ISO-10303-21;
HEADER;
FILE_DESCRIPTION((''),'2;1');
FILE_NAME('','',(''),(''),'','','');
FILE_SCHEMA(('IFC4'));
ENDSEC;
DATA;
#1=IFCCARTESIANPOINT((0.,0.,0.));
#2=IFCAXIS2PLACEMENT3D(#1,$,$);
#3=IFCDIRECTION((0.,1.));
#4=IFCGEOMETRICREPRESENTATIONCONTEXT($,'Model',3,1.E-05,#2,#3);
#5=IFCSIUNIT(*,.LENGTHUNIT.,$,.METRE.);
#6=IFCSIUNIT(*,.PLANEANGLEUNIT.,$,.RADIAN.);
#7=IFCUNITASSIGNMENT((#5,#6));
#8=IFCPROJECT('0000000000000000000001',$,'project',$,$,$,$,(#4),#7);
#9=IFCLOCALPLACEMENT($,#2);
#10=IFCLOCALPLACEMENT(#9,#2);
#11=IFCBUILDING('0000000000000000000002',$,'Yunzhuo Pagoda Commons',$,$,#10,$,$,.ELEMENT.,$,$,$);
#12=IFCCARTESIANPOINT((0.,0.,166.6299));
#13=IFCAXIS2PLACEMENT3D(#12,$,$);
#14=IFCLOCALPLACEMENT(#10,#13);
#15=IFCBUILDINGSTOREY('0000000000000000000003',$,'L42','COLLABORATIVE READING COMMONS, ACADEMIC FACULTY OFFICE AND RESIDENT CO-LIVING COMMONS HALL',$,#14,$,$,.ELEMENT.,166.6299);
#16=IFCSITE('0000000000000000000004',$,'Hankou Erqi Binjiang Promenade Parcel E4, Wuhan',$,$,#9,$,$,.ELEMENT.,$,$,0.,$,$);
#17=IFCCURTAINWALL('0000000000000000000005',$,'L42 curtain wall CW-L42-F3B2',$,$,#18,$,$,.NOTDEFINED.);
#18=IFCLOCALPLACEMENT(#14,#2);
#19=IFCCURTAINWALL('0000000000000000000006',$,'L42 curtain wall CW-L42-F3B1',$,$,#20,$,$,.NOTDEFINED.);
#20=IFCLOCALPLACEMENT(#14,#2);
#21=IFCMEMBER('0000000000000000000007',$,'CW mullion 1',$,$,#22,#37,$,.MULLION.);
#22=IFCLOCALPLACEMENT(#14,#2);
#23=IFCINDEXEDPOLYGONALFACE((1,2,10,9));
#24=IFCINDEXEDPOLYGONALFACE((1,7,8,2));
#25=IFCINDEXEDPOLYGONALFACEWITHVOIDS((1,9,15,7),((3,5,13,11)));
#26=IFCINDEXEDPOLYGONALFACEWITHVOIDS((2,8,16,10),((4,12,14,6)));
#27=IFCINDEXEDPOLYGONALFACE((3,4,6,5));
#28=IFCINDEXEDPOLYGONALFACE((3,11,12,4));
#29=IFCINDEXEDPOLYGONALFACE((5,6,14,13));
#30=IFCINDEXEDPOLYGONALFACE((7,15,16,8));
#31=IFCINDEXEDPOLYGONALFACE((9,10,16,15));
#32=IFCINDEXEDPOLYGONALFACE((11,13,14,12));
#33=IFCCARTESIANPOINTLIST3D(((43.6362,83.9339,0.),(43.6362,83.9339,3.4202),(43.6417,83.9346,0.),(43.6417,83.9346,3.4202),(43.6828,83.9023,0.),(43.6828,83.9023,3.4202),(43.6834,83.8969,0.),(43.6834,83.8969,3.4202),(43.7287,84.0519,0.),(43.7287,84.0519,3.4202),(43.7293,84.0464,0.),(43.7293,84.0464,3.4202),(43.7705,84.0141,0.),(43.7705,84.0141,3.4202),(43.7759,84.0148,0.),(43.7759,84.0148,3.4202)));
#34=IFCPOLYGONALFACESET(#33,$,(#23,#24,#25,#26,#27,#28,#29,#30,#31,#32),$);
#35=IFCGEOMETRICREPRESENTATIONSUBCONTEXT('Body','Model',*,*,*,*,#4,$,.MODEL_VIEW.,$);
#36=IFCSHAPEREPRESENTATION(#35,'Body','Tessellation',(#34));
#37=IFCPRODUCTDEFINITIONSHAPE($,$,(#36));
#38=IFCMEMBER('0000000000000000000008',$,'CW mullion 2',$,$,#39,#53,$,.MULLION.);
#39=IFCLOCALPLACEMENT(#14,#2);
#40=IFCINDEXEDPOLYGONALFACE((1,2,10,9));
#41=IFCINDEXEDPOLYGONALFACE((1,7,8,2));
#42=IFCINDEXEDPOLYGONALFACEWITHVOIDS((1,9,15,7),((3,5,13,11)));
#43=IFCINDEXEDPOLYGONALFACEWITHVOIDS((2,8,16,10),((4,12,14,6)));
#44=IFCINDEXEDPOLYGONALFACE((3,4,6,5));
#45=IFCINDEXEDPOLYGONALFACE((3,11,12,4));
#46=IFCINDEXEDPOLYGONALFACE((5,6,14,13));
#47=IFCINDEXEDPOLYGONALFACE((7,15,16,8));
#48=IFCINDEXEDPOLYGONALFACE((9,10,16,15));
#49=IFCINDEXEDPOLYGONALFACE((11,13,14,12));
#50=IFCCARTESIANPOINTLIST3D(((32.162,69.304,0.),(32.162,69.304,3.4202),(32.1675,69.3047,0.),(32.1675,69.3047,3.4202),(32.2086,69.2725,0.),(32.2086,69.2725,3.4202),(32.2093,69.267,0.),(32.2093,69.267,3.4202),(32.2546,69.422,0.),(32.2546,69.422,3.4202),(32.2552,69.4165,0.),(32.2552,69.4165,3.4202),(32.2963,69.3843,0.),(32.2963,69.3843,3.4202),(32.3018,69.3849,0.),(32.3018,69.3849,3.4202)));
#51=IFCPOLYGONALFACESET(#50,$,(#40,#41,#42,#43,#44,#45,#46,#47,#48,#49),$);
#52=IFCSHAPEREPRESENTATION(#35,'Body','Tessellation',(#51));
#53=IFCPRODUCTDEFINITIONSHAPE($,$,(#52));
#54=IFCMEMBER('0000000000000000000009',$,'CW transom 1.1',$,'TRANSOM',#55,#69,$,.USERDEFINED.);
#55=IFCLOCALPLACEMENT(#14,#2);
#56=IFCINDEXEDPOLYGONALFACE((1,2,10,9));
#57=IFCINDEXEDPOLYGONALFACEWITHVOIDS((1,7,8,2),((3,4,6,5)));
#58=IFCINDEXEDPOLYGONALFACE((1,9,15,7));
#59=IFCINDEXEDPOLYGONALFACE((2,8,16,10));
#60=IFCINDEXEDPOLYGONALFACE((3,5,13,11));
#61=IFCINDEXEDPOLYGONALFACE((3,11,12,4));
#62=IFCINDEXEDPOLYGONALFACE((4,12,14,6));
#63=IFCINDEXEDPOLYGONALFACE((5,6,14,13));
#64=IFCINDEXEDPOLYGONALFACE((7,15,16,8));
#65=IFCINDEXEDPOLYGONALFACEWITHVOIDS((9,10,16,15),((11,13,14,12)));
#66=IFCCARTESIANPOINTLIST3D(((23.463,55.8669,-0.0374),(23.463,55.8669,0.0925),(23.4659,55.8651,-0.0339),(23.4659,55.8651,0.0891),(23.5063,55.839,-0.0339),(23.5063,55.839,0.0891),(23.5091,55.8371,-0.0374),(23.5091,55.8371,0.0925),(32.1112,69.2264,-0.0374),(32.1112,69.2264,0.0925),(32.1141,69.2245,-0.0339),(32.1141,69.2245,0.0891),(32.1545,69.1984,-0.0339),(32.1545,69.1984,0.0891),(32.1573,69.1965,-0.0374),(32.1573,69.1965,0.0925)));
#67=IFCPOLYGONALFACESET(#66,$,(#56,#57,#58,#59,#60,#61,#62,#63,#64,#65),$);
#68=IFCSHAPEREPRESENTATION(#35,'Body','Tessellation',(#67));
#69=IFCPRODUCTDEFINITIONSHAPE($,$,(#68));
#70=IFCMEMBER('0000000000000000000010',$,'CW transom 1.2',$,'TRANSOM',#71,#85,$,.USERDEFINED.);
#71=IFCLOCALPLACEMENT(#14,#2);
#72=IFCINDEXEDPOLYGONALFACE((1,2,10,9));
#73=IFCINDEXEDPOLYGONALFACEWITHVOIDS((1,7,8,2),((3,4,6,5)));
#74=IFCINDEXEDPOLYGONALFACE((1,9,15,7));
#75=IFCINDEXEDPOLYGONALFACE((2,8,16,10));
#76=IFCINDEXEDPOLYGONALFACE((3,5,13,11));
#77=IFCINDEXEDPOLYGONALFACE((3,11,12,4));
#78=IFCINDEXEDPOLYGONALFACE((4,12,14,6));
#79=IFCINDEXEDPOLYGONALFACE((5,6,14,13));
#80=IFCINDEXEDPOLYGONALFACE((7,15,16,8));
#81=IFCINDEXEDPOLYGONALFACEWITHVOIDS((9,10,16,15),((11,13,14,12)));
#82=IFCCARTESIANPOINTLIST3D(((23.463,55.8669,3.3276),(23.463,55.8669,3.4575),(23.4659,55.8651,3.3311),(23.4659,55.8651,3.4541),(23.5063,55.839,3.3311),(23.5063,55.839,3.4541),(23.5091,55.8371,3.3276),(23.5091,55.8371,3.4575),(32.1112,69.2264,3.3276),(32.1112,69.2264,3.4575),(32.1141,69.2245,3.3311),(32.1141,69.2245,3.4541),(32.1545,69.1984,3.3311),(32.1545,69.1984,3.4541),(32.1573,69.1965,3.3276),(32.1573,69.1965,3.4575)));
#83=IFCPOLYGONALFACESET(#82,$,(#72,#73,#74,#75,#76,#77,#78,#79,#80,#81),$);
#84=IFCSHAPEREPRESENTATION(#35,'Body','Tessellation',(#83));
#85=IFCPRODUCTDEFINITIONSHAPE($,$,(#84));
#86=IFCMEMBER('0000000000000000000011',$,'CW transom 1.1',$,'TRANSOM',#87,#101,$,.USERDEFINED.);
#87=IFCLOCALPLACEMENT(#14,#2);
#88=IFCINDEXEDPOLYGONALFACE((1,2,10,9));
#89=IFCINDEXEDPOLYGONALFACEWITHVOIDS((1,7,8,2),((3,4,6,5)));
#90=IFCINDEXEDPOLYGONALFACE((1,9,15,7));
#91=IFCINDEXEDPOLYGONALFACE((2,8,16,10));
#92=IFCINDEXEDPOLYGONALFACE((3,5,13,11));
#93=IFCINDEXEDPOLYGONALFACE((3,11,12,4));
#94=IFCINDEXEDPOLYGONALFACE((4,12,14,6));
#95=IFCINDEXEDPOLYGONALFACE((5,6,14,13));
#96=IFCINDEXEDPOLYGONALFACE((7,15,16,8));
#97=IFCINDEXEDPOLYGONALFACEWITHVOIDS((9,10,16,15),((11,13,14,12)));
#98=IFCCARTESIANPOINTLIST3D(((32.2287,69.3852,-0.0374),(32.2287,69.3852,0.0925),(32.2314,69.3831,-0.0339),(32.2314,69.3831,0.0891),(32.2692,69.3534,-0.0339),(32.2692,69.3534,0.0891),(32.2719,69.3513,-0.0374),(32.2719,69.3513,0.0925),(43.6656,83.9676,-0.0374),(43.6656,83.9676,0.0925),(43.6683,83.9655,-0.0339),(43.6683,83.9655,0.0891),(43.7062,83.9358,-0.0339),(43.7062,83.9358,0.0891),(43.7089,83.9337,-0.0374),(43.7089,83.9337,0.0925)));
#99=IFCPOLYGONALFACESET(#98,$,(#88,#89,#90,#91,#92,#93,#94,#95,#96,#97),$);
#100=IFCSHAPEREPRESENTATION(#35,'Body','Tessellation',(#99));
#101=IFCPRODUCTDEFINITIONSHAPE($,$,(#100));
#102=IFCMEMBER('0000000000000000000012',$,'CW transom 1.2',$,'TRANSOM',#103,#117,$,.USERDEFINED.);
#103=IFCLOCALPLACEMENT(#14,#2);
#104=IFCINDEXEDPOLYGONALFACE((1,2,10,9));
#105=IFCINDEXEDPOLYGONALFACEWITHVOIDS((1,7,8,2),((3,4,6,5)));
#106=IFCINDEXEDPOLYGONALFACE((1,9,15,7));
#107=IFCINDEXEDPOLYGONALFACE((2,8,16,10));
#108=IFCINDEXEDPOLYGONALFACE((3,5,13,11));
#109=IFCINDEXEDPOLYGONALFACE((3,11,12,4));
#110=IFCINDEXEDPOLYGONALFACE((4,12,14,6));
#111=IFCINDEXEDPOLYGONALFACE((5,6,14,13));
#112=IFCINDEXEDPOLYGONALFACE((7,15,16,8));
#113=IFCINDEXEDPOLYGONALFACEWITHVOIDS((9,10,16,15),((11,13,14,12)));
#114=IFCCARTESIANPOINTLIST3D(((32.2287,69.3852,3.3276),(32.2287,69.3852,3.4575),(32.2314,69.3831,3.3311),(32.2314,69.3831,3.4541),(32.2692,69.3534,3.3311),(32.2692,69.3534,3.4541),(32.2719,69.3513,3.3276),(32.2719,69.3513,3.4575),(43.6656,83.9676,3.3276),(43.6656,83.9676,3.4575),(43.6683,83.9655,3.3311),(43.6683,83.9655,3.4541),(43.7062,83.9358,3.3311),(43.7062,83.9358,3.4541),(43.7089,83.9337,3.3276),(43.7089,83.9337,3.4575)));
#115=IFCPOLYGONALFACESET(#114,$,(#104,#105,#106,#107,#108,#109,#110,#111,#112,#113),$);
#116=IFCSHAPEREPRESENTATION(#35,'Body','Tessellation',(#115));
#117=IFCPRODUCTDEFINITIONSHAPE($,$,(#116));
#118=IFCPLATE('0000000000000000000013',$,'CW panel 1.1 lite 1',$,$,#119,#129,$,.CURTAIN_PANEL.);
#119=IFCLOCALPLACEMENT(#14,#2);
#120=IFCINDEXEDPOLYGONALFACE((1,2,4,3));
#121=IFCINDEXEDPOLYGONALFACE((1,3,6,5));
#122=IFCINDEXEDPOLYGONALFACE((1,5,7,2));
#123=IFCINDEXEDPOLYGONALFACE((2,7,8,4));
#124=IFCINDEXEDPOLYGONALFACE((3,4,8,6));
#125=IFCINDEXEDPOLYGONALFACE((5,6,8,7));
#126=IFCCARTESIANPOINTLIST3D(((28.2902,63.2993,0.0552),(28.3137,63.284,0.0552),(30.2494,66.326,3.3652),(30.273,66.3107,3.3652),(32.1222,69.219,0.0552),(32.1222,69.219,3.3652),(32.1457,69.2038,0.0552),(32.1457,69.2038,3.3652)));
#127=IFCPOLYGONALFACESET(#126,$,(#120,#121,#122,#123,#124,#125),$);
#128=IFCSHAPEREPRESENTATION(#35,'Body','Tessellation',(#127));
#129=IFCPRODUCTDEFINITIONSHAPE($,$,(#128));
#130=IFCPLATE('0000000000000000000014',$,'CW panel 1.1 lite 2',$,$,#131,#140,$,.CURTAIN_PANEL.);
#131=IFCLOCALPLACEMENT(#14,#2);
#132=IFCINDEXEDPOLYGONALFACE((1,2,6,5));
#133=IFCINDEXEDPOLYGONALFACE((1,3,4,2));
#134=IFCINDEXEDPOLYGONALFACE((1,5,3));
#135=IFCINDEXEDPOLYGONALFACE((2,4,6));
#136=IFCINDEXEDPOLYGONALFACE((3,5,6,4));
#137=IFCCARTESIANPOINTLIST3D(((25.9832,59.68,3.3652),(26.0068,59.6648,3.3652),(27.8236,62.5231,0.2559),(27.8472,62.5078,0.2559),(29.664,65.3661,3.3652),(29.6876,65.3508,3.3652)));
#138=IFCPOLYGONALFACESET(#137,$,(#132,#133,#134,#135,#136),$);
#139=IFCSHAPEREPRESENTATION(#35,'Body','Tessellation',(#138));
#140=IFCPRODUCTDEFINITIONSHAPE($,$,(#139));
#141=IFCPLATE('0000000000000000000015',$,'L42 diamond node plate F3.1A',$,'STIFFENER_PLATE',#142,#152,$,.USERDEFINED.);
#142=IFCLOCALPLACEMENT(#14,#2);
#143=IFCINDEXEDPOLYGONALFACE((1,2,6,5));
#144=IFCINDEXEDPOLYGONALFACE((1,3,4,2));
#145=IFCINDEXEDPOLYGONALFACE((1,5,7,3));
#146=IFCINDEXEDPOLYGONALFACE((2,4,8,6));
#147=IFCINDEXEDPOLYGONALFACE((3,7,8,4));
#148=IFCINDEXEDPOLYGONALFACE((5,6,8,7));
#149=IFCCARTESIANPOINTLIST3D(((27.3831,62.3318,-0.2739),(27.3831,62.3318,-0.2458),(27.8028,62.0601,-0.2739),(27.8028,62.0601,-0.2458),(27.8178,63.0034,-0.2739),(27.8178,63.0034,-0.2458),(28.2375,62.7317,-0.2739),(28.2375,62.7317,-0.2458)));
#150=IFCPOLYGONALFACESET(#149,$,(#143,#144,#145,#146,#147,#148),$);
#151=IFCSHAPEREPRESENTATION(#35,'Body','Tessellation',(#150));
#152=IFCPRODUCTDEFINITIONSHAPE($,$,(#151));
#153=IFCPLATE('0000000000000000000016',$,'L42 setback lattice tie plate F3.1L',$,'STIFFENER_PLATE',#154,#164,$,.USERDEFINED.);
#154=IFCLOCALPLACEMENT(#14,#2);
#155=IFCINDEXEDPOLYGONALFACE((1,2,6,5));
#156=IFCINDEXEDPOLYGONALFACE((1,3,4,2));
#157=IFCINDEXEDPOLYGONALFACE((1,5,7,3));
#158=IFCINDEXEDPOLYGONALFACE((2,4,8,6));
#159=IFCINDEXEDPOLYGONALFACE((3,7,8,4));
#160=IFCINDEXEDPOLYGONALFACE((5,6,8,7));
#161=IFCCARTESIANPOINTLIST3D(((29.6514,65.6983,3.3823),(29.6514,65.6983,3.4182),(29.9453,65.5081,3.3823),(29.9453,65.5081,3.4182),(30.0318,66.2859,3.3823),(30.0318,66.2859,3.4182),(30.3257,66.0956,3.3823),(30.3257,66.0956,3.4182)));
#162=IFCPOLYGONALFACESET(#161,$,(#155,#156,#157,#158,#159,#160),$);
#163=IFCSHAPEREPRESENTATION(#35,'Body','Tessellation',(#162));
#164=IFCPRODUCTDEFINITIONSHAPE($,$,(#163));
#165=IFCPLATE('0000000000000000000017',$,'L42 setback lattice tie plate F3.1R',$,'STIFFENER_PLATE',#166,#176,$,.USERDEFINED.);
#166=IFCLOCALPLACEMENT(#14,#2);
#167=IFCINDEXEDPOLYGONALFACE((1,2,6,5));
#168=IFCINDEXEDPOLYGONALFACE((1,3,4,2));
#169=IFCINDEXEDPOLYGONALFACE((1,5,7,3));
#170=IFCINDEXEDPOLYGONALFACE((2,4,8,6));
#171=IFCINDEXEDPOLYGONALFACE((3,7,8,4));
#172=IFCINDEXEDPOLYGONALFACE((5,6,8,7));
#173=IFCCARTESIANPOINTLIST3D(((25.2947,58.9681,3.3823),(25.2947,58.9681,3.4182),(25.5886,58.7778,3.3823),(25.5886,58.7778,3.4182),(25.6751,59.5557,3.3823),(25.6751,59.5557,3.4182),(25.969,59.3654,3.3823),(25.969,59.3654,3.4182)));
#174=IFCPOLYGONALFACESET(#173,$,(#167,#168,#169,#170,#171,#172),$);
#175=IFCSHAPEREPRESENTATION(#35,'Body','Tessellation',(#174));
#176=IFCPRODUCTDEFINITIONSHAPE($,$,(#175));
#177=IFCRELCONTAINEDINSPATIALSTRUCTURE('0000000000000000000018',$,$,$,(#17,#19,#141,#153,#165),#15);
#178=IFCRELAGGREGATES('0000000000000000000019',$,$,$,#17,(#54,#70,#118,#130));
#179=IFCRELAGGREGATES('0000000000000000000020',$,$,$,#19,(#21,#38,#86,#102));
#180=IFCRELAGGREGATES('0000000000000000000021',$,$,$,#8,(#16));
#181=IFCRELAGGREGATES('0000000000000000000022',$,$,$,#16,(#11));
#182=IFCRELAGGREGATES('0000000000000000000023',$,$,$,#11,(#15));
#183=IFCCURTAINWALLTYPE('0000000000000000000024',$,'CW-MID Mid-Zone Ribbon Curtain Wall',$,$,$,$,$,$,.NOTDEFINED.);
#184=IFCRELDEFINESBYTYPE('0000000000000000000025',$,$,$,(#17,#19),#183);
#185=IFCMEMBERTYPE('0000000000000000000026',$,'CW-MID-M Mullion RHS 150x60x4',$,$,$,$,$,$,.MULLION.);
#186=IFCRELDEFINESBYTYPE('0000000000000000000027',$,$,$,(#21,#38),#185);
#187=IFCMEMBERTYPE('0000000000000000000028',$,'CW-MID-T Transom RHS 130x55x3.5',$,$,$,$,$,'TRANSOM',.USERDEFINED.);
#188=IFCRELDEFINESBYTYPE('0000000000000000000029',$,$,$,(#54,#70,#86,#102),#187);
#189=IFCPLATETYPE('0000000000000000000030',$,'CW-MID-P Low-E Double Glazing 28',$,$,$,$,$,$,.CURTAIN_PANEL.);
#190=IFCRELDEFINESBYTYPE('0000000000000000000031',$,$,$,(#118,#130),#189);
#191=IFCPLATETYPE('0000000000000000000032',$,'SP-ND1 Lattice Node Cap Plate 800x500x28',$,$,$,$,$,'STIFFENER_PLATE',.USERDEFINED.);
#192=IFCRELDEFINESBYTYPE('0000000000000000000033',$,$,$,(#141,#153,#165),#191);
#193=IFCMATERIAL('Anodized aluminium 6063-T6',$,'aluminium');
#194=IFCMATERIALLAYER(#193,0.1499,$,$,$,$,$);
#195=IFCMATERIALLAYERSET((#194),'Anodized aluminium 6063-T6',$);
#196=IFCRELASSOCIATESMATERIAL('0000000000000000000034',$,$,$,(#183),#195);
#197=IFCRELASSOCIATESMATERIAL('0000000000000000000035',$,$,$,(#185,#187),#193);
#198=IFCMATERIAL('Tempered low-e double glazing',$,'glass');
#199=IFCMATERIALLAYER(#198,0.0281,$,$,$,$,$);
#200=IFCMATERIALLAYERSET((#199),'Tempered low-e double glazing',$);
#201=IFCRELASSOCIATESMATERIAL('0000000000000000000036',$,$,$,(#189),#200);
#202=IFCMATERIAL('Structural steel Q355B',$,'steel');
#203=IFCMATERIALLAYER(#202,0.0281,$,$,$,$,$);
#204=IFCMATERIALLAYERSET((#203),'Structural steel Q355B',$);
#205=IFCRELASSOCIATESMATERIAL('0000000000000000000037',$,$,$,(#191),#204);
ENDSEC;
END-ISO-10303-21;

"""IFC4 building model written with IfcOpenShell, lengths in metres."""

from ifc_helpers import new_model, si_unit, direction, frame, origin, origin_2d, place, context, subcontext, project, spatial, polyline, rectangle, hollow_rectangle, outline, extrude, source, transform, mapped, material, layer, layer_set, material_profile, profile_set, type_object, element, aggregate, save


model = new_model("IFC4")

# Units and contexts
model_context = context("Model", 3, precision=1e-05, world=origin(), true_north=direction((0.0, 1.0)))
body_context = subcontext(model_context, "Body", "Model", "MODEL_VIEW")
ifc_project = project(units=[si_unit("LENGTHUNIT", "METRE"), si_unit("PLANEANGLEUNIT", "RADIAN")], contexts=[model_context])

# Site, building, storey
site_placement = place(None, origin())
site = spatial("IfcSite", under=ifc_project, at=site_placement, Name="Hankou Erqi Binjiang Promenade Parcel E4, Wuhan", CompositionType="ELEMENT", RefElevation=0.0)
building_placement = place(site_placement, origin())
building = spatial("IfcBuilding", under=site, at=building_placement, Name="Yunzhuo Pagoda Commons", CompositionType="ELEMENT")
storey_placement = place(building_placement, frame((0.0, 0.0, 166.6299)))
storey = spatial("IfcBuildingStorey", under=building, at=storey_placement, Name="L42", Description="COLLABORATIVE READING COMMONS, ACADEMIC FACULTY OFFICE AND RESIDENT CO-LIVING COMMONS HALL", CompositionType="ELEMENT", Elevation=166.6299)

# Shared definitions
ifc_material_1 = material(Name="Structural steel Q355B", Category="steel")

# Curtain wall
ifc_material_2 = material(Name="Anodized aluminium 6063-T6", Category="aluminium")
ifc_layer_1 = layer(ifc_material_2, 0.1499)
ifc_layer_set_1 = layer_set([ifc_layer_1], Name="Anodized aluminium 6063-T6")
curtain_wall_type = type_object("IfcCurtainWallType", Name="CW-MID Mid-Zone Ribbon Curtain Wall", PredefinedType="NOTDEFINED", material=ifc_layer_set_1)
curtain_wall_1_placement = place(storey_placement, origin())
curtain_wall_1 = element("IfcCurtainWall", 1, at=curtain_wall_1_placement, inside=storey, type_object=curtain_wall_type, Name="L42 curtain wall CW-L42-F3B2", PredefinedType="NOTDEFINED")
ifc_material_profile_1 = material_profile(ifc_material_2, hollow_rectangle(XDim=0.0601, YDim=0.1499, WallThickness=0.0039, at=origin_2d()), Name="Anodized aluminium 6063-T6")
ifc_profile_set_1 = profile_set([ifc_material_profile_1], Name="Anodized aluminium 6063-T6")
member_type_1 = type_object("IfcMemberType", Name="CW-MID-M Mullion RHS 150x60x4", PredefinedType="MULLION", material=ifc_profile_set_1)
shared_shape_1 = source(origin(), body_context, "Body", "SweptSolid", [
    extrude(hollow_rectangle(XDim=0.0601, YDim=0.1499, WallThickness=0.0039, at=origin_2d()), origin(), (0.0, 0.0, 1.0), 3.4202),
])

# Curtain wall, members
curtain_wall_2_placement = place(storey_placement, origin())
curtain_wall_2 = element("IfcCurtainWall", 2, at=curtain_wall_2_placement, inside=storey, type_object=curtain_wall_type, Name="L42 curtain wall CW-L42-F3B1", PredefinedType="NOTDEFINED")
member_1_placement = place(storey_placement, frame((43.7061, 83.9744, 0.0), z_axis=(0.0, 0.0, 1.0), x_axis=(0.786855, -0.617138, 0.0)))
member_1 = element("IfcMember", 3, at=member_1_placement, type_object=member_type_1, Name="CW mullion 1", PredefinedType="MULLION", context=body_context, shape_type="MappedRepresentation", body=[
    mapped(shared_shape_1, transform((0.0, 0.0, 0.0), scale=1.0)),
])
member_2_placement = place(storey_placement, frame((32.2319, 69.3445, 0.0), z_axis=(0.0, 0.0, 1.0), x_axis=(0.786855, -0.617138, 0.0)))
member_2 = element("IfcMember", 4, at=member_2_placement, type_object=member_type_1, Name="CW mullion 2", PredefinedType="MULLION", context=body_context, shape_type="MappedRepresentation", body=[
    mapped(shared_shape_1, transform((0.0, 0.0, 0.0), scale=1.0)),
])

# Members
ifc_material_profile_2 = material_profile(ifc_material_2, hollow_rectangle(XDim=0.0549, YDim=0.1299, WallThickness=0.0034, at=origin_2d()), Name="Anodized aluminium 6063-T6")
ifc_profile_set_2 = profile_set([ifc_material_profile_2], Name="Anodized aluminium 6063-T6")
member_type_2 = type_object("IfcMemberType", Name="CW-MID-T Transom RHS 130x55x3.5", ElementType="TRANSOM", PredefinedType="USERDEFINED", material=ifc_profile_set_2)
shared_shape_2 = source(origin(), body_context, "Body", "SweptSolid", [
    extrude(hollow_rectangle(XDim=0.0549, YDim=0.1299, WallThickness=0.0034, at=origin_2d()), origin(), (0.0, 0.0, 1.0), 15.9143),
])
member_3_placement = place(storey_placement, frame((32.1343, 69.2114, 0.0276), z_axis=(-0.543424, -0.839459, 0.0), x_axis=(0.839459, -0.543424, 0.0)))
member_3 = element("IfcMember", 5, at=member_3_placement, type_object=member_type_2, Name="CW transom 1.1", ObjectType="TRANSOM", PredefinedType="USERDEFINED", context=body_context, shape_type="MappedRepresentation", body=[
    mapped(shared_shape_2, transform((0.0, 0.0, 0.0), scale=1.0)),
])
member_4_placement = place(storey_placement, frame((32.1343, 69.2114, 3.3926), z_axis=(-0.543424, -0.839459, 0.0), x_axis=(0.839459, -0.543424, 0.0)))
member_4 = element("IfcMember", 6, at=member_4_placement, type_object=member_type_2, Name="CW transom 1.2", ObjectType="TRANSOM", PredefinedType="USERDEFINED", context=body_context, shape_type="MappedRepresentation", body=[
    mapped(shared_shape_2, transform((0.0, 0.0, 0.0), scale=1.0)),
])
shared_shape_3 = source(origin(), body_context, "Body", "SweptSolid", [
    extrude(hollow_rectangle(XDim=0.0549, YDim=0.1299, WallThickness=0.0034, at=origin_2d()), origin(), (0.0, 0.0, 1.0), 18.5325),
])
member_5_placement = place(storey_placement, frame((43.6873, 83.9507, 0.0276), z_axis=(-0.617131, -0.78686, 0.0), x_axis=(0.78686, -0.617131, 0.0)))
member_5 = element("IfcMember", 7, at=member_5_placement, type_object=member_type_2, Name="CW transom 1.1", ObjectType="TRANSOM", PredefinedType="USERDEFINED", context=body_context, shape_type="MappedRepresentation", body=[
    mapped(shared_shape_3, transform((0.0, 0.0, 0.0), scale=1.0)),
])
member_6_placement = place(storey_placement, frame((43.6873, 83.9507, 3.3926), z_axis=(-0.617131, -0.78686, 0.0), x_axis=(0.78686, -0.617131, 0.0)))
member_6 = element("IfcMember", 8, at=member_6_placement, type_object=member_type_2, Name="CW transom 1.2", ObjectType="TRANSOM", PredefinedType="USERDEFINED", context=body_context, shape_type="MappedRepresentation", body=[
    mapped(shared_shape_3, transform((0.0, 0.0, 0.0), scale=1.0)),
])

# Plates
ifc_material_3 = material(Name="Tempered low-e double glazing", Category="glass")
ifc_layer_2 = layer(ifc_material_3, 0.0281)
ifc_layer_set_2 = layer_set([ifc_layer_2], Name="Tempered low-e double glazing")
plate_type_1 = type_object("IfcPlateType", Name="CW-MID-P Low-E Double Glazing 28", PredefinedType="CURTAIN_PANEL", material=ifc_layer_set_2)
plate_1_placement = place(storey_placement, frame((30.2297, 66.2439, 1.7102), z_axis=(-0.839466, 0.543412, 0.0), x_axis=(-0.543412, -0.839466, 0.0)))
plate_1 = element("IfcPlate", 9, at=plate_1_placement, type_object=plate_type_1, Name="CW panel 1.1 lite 1", PredefinedType="CURTAIN_PANEL", context=body_context, shape_type="SweptSolid", body=[
    extrude(outline(polyline([(-3.5259, -1.655), (3.5259, -1.655), (-0.0796, 1.655), (-3.5259, 1.655), (-3.5259, -1.655)])), origin(), (0.0, 0.0, 1.0), 0.0281),
])
plate_2_placement = place(storey_placement, frame((27.8472, 62.5078, 1.8105), z_axis=(-0.839466, 0.543412, 0.0), x_axis=(-0.543412, -0.839466, 0.0)))
plate_2 = element("IfcPlate", 10, at=plate_2_placement, type_object=plate_type_1, Name="CW panel 1.1 lite 2", PredefinedType="CURTAIN_PANEL", context=body_context, shape_type="SweptSolid", body=[
    extrude(outline(polyline([(-3.3867, 1.5547), (0.0, -1.5547), (3.3867, 1.5547), (-3.3867, 1.5547)])), origin(), (0.0, 0.0, 1.0), 0.0281),
])
aggregate(curtain_wall_1, [member_3, member_4, plate_1, plate_2])

# Plates
ifc_layer_3 = layer(ifc_material_1, 0.0281)
ifc_layer_set_3 = layer_set([ifc_layer_3], Name="Structural steel Q355B")
plate_type_2 = type_object("IfcPlateType", Name="SP-ND1 Lattice Node Cap Plate 800x500x28", ElementType="STIFFENER_PLATE", PredefinedType="USERDEFINED", material=ifc_layer_set_3)
shared_shape_4 = source(origin(), body_context, "Body", "SweptSolid", [
    extrude(rectangle(XDim=0.8, YDim=0.5, at=origin_2d()), origin(), (0.0, 0.0, 1.0), 0.0281),
])
plate_3_placement = place(storey_placement, frame((27.8103, 62.5317, -0.2739), z_axis=(0.0, 0.0, 1.0), x_axis=(-0.543409, -0.839468, 0.0)))
element("IfcPlate", 11, at=plate_3_placement, inside=storey, type_object=plate_type_2, Name="L42 diamond node plate F3.1A", ObjectType="STIFFENER_PLATE", PredefinedType="USERDEFINED", context=body_context, shape_type="MappedRepresentation", body=[
    mapped(shared_shape_4, transform((0.0, 0.0, 0.0), scale=1.0)),
])
shared_shape_5 = source(origin(), body_context, "Body", "SweptSolid", [
    extrude(rectangle(XDim=0.7, YDim=0.3501, at=origin_2d()), origin(), (0.0, 0.0, 1.0), 0.0359),
])
for number, where, z_axis, x_axis, name in (
    (12, (29.9885, 65.897, 3.3823), (0.0, 0.0, 1.0), (-0.543409, -0.839468, 0.0), "L42 setback lattice tie plate F3.1L"),
    (13, (25.6318, 59.1667, 3.3823), (0.0, 0.0, 1.0), (-0.543409, -0.839468, 0.0), "L42 setback lattice tie plate F3.1R"),
):
    element("IfcPlate", number, at=place(storey_placement, frame(where, z_axis=z_axis, x_axis=x_axis)), inside=storey, type_object=plate_type_2, Name=name, ObjectType="STIFFENER_PLATE", PredefinedType="USERDEFINED", context=body_context, shape_type="MappedRepresentation", body=[
        mapped(shared_shape_5, transform((0.0, 0.0, 0.0), scale=1.0)),
    ])

aggregate(curtain_wall_2, [member_1, member_2, member_5, member_6])

save(model, "model.ifc")
